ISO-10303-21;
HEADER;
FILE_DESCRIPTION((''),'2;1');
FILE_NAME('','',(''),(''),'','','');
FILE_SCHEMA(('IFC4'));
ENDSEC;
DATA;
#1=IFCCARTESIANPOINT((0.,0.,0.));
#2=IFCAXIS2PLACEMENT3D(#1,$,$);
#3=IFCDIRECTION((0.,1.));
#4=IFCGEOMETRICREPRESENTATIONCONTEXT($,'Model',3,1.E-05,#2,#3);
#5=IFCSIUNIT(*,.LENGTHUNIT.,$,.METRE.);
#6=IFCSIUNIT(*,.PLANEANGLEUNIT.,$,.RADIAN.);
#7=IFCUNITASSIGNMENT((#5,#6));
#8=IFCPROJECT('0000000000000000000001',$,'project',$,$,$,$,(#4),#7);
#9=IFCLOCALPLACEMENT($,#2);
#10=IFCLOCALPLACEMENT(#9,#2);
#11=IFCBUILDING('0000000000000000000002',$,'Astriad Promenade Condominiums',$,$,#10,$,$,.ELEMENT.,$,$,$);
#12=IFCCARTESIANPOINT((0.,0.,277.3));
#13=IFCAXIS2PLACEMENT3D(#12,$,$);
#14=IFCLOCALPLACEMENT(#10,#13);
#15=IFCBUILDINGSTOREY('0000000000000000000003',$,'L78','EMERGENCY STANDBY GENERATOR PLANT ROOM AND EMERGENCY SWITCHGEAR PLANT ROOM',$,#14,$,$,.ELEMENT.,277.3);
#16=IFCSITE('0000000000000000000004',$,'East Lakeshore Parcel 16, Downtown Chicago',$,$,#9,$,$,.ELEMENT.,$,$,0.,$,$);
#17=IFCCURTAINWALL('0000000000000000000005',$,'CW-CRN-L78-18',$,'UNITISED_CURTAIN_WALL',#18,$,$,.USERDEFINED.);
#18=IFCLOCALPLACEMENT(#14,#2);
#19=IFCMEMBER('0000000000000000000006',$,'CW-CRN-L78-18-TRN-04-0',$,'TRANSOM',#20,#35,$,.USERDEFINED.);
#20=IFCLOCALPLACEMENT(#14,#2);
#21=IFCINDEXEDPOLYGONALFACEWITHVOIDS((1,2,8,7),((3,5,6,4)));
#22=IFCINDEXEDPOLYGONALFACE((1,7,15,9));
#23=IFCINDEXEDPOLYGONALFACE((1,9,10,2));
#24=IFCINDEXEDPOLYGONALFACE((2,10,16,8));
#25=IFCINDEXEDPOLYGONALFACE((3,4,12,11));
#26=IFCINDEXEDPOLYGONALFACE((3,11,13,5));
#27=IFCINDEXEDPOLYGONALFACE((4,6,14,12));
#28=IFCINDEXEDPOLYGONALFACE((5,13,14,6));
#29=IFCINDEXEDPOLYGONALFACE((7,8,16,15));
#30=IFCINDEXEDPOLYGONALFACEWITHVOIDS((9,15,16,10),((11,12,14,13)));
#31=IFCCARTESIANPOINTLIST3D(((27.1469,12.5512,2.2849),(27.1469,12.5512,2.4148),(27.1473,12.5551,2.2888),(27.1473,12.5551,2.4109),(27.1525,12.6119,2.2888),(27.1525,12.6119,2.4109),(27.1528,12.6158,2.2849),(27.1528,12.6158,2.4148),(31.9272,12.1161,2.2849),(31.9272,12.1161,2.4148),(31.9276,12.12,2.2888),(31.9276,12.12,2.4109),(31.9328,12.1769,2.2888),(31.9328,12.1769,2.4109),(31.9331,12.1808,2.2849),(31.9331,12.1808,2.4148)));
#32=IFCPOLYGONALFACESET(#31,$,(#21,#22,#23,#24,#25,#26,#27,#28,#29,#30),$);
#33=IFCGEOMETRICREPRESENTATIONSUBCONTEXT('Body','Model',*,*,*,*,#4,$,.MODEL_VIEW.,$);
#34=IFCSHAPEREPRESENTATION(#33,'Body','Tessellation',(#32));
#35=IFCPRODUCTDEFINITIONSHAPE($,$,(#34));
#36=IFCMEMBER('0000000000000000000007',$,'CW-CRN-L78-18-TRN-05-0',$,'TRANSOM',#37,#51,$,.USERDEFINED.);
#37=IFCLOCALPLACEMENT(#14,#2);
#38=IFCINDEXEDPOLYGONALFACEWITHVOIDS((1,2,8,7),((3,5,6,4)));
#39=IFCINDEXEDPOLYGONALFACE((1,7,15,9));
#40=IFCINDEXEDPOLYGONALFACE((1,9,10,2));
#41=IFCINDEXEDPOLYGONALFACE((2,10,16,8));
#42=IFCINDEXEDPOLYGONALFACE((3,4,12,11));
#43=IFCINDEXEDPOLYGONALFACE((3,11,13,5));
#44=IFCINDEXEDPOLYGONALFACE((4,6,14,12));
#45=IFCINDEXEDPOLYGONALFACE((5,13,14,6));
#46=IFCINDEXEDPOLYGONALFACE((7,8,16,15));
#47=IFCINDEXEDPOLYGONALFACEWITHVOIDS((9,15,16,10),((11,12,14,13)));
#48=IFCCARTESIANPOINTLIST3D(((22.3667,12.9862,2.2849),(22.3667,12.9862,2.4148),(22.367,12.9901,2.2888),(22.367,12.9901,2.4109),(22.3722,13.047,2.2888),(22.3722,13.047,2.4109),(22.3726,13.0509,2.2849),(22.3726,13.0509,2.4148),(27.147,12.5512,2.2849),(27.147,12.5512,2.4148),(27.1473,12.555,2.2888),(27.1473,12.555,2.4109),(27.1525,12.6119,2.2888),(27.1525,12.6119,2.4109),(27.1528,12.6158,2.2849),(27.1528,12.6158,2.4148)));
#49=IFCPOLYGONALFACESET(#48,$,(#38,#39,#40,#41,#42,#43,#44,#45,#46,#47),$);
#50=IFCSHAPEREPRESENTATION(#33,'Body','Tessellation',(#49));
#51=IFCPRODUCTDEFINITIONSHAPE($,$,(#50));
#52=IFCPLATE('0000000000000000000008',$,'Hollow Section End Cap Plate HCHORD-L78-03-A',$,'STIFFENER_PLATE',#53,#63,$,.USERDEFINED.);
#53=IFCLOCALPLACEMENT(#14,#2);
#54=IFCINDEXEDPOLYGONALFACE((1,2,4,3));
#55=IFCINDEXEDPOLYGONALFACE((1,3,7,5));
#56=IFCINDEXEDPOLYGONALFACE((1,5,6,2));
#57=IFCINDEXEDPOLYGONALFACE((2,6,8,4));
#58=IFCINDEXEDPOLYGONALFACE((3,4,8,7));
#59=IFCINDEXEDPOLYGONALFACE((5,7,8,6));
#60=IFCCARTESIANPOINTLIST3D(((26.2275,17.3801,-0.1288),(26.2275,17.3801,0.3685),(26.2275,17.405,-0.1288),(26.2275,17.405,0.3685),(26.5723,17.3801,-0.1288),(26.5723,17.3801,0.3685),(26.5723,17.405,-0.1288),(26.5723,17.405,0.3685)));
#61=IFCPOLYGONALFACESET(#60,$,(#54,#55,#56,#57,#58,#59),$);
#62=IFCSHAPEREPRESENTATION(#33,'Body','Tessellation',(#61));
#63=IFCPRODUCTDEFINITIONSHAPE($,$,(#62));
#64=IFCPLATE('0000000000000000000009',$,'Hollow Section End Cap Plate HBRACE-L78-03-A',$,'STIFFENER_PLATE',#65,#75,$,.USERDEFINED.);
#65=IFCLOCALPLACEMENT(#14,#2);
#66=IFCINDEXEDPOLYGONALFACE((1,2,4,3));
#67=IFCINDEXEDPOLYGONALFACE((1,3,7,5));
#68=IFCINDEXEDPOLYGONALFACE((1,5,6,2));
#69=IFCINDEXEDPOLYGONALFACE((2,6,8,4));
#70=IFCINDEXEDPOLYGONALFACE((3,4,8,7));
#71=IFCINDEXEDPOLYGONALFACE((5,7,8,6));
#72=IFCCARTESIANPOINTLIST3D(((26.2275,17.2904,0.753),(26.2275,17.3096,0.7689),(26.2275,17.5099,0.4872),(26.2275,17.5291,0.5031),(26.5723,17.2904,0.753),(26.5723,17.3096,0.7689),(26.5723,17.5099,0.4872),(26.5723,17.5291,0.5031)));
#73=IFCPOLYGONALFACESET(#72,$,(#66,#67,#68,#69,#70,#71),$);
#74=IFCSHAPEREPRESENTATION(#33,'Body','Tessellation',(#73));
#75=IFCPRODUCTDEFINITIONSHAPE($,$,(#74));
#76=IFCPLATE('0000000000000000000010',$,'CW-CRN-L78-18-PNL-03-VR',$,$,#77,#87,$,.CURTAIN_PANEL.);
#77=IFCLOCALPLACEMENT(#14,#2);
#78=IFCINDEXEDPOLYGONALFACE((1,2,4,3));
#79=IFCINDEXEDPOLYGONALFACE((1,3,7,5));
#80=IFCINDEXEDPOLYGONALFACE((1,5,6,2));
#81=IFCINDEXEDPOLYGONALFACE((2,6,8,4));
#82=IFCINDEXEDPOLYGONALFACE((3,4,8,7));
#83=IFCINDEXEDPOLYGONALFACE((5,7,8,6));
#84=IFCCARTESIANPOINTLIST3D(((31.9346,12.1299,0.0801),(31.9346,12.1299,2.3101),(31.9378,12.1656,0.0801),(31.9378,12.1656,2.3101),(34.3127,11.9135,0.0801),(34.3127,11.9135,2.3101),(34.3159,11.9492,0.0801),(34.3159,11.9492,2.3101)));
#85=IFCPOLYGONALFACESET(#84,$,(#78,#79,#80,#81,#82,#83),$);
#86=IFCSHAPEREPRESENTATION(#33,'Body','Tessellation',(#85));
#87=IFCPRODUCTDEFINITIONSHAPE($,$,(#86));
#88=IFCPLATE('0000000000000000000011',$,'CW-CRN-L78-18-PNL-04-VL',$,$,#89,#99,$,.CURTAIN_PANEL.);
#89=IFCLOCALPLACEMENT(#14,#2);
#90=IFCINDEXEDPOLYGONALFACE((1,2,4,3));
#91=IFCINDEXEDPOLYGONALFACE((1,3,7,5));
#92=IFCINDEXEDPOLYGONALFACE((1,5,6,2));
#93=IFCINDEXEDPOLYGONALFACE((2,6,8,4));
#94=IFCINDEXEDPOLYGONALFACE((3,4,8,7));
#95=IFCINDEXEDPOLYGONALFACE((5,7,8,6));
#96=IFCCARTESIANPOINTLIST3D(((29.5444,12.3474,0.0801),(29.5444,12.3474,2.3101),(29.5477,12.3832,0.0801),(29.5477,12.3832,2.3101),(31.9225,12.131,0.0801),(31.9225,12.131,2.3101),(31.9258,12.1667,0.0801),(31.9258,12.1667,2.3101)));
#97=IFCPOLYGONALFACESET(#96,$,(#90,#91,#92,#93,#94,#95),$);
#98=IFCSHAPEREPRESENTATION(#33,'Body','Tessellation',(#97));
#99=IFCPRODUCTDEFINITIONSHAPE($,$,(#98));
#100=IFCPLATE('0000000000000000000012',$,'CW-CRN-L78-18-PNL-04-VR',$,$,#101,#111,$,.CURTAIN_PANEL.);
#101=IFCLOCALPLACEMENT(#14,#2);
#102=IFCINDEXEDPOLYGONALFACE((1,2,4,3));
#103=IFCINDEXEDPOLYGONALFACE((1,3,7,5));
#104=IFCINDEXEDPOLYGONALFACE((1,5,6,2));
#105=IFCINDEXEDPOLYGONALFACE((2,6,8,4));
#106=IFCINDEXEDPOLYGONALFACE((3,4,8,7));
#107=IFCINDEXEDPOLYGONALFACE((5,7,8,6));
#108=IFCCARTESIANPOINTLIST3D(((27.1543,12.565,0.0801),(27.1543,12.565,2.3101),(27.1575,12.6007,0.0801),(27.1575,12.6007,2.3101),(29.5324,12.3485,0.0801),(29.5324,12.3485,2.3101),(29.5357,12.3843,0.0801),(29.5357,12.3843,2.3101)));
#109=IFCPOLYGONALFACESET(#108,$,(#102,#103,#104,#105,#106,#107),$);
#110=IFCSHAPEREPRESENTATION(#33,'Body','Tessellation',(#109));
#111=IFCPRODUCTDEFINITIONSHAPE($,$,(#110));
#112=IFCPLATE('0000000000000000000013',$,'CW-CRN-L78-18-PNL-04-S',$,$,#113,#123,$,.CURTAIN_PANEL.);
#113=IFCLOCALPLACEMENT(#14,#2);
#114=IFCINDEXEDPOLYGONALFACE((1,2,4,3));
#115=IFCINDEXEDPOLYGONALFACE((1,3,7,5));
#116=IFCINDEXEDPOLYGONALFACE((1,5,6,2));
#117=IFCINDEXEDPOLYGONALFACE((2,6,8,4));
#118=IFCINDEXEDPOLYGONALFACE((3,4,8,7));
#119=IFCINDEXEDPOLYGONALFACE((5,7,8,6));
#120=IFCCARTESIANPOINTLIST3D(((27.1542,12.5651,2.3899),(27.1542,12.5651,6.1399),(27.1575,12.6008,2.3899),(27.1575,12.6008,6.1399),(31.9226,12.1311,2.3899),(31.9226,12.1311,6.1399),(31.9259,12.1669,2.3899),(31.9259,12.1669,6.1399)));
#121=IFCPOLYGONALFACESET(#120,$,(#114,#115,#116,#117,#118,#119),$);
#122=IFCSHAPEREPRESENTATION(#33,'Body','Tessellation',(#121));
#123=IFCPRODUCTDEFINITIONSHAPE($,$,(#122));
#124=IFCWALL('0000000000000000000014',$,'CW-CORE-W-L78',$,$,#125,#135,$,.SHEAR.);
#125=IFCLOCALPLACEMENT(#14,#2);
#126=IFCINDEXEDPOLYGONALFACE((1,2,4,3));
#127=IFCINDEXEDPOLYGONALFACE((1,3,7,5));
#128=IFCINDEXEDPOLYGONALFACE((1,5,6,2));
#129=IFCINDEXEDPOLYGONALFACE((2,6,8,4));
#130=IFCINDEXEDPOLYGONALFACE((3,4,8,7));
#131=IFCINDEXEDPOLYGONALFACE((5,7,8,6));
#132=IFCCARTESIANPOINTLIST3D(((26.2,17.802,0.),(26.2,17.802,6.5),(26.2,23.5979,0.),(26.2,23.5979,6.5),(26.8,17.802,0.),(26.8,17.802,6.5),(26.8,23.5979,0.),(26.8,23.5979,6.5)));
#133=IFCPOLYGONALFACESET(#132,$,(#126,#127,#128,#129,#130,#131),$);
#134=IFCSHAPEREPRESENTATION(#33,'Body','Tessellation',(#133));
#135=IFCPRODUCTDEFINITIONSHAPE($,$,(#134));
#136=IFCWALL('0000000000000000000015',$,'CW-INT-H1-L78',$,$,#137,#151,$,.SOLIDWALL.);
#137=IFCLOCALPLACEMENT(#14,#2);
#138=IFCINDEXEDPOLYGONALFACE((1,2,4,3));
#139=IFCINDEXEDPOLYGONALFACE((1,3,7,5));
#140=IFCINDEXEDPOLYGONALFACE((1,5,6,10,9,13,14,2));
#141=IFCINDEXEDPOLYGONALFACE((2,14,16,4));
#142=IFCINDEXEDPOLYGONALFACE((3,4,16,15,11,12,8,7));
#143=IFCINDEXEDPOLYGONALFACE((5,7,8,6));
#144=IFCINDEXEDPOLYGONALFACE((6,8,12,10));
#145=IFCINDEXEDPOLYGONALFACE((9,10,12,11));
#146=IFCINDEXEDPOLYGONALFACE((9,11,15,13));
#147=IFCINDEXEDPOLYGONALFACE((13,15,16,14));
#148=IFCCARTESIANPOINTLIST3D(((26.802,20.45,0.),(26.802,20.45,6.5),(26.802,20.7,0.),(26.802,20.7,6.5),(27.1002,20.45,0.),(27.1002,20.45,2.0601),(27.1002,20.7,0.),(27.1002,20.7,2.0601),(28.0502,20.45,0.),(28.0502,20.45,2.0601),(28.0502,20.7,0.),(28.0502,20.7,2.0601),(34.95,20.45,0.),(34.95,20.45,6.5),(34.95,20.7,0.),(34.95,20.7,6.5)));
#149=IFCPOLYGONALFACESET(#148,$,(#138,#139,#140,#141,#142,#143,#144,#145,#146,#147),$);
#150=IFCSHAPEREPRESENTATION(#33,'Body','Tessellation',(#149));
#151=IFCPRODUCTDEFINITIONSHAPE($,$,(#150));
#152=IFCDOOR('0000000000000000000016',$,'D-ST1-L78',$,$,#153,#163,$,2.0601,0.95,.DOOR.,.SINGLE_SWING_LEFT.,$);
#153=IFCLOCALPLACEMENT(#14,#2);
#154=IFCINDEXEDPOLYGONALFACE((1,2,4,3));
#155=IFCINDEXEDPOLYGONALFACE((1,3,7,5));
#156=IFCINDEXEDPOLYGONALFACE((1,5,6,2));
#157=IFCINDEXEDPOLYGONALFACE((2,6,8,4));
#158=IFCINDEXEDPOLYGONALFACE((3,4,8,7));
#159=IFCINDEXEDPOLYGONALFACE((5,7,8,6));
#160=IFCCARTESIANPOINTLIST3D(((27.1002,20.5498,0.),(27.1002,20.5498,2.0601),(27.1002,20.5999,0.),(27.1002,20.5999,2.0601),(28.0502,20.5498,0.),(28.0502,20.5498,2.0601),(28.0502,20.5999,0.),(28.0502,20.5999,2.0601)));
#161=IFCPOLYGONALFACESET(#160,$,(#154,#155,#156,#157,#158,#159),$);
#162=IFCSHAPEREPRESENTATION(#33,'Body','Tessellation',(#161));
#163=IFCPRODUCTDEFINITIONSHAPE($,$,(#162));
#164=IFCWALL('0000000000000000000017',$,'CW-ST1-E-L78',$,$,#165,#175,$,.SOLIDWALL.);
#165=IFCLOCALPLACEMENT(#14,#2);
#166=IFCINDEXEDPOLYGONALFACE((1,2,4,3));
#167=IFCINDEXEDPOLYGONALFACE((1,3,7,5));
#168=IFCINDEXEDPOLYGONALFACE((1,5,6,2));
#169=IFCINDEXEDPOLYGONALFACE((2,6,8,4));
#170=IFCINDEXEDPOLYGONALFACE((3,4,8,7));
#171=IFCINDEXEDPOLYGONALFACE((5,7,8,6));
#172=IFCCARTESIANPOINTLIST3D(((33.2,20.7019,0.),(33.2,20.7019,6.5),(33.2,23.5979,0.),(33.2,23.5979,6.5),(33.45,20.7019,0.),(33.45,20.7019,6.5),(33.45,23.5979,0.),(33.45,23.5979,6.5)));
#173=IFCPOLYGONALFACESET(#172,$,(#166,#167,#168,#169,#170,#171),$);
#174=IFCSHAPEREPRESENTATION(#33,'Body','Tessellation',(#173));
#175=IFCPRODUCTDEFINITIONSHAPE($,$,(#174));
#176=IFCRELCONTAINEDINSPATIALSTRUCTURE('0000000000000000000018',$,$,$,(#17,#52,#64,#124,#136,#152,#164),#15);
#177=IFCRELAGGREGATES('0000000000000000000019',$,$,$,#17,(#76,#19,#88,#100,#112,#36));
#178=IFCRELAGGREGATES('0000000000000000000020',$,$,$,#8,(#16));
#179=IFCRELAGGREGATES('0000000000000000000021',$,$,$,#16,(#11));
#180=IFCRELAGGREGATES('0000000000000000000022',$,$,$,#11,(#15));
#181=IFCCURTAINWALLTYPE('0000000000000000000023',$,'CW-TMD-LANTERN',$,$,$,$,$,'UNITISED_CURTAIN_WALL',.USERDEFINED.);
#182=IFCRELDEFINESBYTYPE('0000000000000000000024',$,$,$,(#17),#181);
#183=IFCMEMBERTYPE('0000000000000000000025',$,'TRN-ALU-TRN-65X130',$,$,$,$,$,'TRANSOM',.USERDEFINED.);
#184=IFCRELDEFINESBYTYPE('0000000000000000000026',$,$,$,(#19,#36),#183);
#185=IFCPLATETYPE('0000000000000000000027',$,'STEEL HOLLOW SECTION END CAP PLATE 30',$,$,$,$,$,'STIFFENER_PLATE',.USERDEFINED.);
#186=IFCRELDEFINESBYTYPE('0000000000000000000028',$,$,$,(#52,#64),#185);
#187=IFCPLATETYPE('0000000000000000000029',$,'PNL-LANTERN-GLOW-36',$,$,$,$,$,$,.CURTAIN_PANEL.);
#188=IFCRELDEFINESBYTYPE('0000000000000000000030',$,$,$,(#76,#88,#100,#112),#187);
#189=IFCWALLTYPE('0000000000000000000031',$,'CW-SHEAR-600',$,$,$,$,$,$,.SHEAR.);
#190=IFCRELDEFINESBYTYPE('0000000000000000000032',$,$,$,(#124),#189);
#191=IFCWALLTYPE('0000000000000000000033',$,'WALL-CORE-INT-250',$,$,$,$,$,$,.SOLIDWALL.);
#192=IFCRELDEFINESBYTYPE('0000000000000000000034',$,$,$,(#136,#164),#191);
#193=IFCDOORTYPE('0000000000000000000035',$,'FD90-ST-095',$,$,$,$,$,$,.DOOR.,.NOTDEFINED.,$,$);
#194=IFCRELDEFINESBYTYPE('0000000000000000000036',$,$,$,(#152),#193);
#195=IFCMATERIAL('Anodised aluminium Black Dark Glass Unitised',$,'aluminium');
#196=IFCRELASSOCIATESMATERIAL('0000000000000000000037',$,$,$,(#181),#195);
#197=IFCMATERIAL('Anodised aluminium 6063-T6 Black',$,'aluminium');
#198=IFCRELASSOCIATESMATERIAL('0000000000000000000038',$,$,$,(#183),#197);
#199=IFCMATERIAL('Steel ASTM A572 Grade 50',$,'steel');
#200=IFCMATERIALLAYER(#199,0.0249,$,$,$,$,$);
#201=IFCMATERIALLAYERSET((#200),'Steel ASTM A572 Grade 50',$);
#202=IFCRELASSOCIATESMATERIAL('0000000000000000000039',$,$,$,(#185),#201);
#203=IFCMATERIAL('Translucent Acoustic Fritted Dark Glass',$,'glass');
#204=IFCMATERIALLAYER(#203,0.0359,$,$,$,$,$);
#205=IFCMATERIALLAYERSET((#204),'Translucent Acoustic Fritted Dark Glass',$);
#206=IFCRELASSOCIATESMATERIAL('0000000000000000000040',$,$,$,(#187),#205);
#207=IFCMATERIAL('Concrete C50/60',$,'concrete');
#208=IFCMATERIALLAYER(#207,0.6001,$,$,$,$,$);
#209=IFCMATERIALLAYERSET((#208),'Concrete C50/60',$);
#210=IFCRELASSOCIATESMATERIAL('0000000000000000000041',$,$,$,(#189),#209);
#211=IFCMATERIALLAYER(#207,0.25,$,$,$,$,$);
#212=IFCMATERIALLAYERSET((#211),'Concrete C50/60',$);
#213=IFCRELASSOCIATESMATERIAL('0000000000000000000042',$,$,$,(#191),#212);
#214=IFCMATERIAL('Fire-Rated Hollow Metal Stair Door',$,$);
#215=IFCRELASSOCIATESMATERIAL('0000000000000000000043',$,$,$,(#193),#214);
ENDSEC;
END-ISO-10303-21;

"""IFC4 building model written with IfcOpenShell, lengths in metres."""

from ifc_helpers import new_model, si_unit, direction, frame, frame_2d, origin, origin_2d, place, context, subcontext, project, spatial, rectangle, hollow_rectangle, extrude, source, transform, mapped, material, layer, layer_set, material_profile, profile_set, type_object, type_shapes, element, fill, aggregate, save


model = new_model("IFC4")

# Units and contexts
model_context = context("Model", 3, precision=1e-05, world=origin(), true_north=direction((0.0, 1.0)))
body_context = subcontext(model_context, "Body", "Model", "MODEL_VIEW")
ifc_project = project(units=[si_unit("LENGTHUNIT", "METRE"), si_unit("PLANEANGLEUNIT", "RADIAN")], contexts=[model_context])

# Site, building, storey
site_placement = place(None, origin())
site = spatial("IfcSite", under=ifc_project, at=site_placement, Name="East Lakeshore Parcel 16, Downtown Chicago", CompositionType="ELEMENT", RefElevation=0.0)
building_placement = place(site_placement, origin())
building = spatial("IfcBuilding", under=site, at=building_placement, Name="Astriad Promenade Condominiums", CompositionType="ELEMENT")
storey_placement = place(building_placement, frame((0.0, 0.0, 277.3)))
storey = spatial("IfcBuildingStorey", under=building, at=storey_placement, Name="L78", Description="EMERGENCY STANDBY GENERATOR PLANT ROOM AND EMERGENCY SWITCHGEAR PLANT ROOM", CompositionType="ELEMENT", Elevation=277.3)

# Curtain wall, members
ifc_material_1 = material(Name="Anodised aluminium Black Dark Glass Unitised", Category="aluminium")
curtain_wall_type = type_object("IfcCurtainWallType", Name="CW-TMD-LANTERN", ElementType="UNITISED_CURTAIN_WALL", PredefinedType="USERDEFINED", material=ifc_material_1)
curtain_wall_placement = place(storey_placement, origin())
curtain_wall = element("IfcCurtainWall", 1, at=curtain_wall_placement, inside=storey, type_object=curtain_wall_type, Name="CW-CRN-L78-18", ObjectType="UNITISED_CURTAIN_WALL", PredefinedType="USERDEFINED")
ifc_material_2 = material(Name="Anodised aluminium 6063-T6 Black", Category="aluminium")
ifc_material_profile_1 = material_profile(ifc_material_2, hollow_rectangle(XDim=0.0649, YDim=0.1299, WallThickness=0.0039, at=origin_2d()), Name="ALU-TRN-65X130")
ifc_profile_set_1 = profile_set([ifc_material_profile_1], Name="Anodised aluminium 6063-T6 Black")
member_type_1 = type_object("IfcMemberType", Name="TRN-ALU-TRN-65X130", ElementType="TRANSOM", PredefinedType="USERDEFINED", material=ifc_profile_set_1)
shared_shape_1 = source(origin(), body_context, "Body", "SweptSolid", [
    extrude(hollow_rectangle(XDim=0.0649, YDim=0.1299, WallThickness=0.0039, at=origin_2d()), origin(), (0.0, 0.0, 1.0), 4.8),
])
type_shapes(member_type_1, [shared_shape_1])
member_1_placement = place(storey_placement, frame((31.9302, 12.1484, 2.3499), z_axis=(-0.995884, 0.090637, 0.0), x_axis=(-0.090637, -0.995884, 0.0)))
member_1 = element("IfcMember", 2, at=member_1_placement, type_object=member_type_1, Name="CW-CRN-L78-18-TRN-04-0", ObjectType="TRANSOM", PredefinedType="USERDEFINED", context=body_context, shape_type="MappedRepresentation", body=[
    mapped(shared_shape_1, transform((0.0, 0.0, 0.0), scale=1.0)),
])
member_2_placement = place(storey_placement, frame((27.1499, 12.5835, 2.3499), z_axis=(-0.995884, 0.090637, 0.0), x_axis=(-0.090637, -0.995884, 0.0)))
member_2 = element("IfcMember", 3, at=member_2_placement, type_object=member_type_1, Name="CW-CRN-L78-18-TRN-05-0", ObjectType="TRANSOM", PredefinedType="USERDEFINED", context=body_context, shape_type="MappedRepresentation", body=[
    mapped(shared_shape_1, transform((0.0, 0.0, 0.0), scale=1.0)),
])

# Plates
ifc_material_3 = material(Name="Steel ASTM A572 Grade 50", Category="steel")
ifc_layer_1 = layer(ifc_material_3, 0.0249)
ifc_layer_set_1 = layer_set([ifc_layer_1], Name="Steel ASTM A572 Grade 50")
plate_type_1 = type_object("IfcPlateType", Name="STEEL HOLLOW SECTION END CAP PLATE 30", ElementType="STIFFENER_PLATE", PredefinedType="USERDEFINED", material=ifc_layer_set_1)
shared_shape_2 = source(origin(), body_context, "Body", "SweptSolid", [
    extrude(rectangle(XDim=0.3447, YDim=0.4973, at=origin_2d()), origin(), (0.0, 0.0, 1.0), 0.0249),
])
plate_1_placement = place(storey_placement, frame((26.3999, 17.3801, 0.1199), z_axis=(0.0, 1.0, 0.0), x_axis=(-1.0, 0.0, 0.0)))
element("IfcPlate", 4, at=plate_1_placement, inside=storey, type_object=plate_type_1, Name="Hollow Section End Cap Plate HCHORD-L78-03-A", ObjectType="STIFFENER_PLATE", PredefinedType="USERDEFINED", context=body_context, shape_type="MappedRepresentation", body=[
    mapped(shared_shape_2, transform((0.0, 0.0, 0.0), scale=1.0)),
])
shared_shape_3 = source(origin(), body_context, "Body", "SweptSolid", [
    extrude(rectangle(XDim=0.3447, YDim=0.3447, at=origin_2d()), origin(), (0.0, 0.0, 1.0), 0.0249),
])
type_shapes(plate_type_1, [shared_shape_2, shared_shape_3])
plate_2_placement = place(storey_placement, frame((26.3999, 17.4001, 0.6201), z_axis=(0.0, 0.771082, 0.636736), x_axis=(-1.0, 0.0, 0.0)))
element("IfcPlate", 5, at=plate_2_placement, inside=storey, type_object=plate_type_1, Name="Hollow Section End Cap Plate HBRACE-L78-03-A", ObjectType="STIFFENER_PLATE", PredefinedType="USERDEFINED", context=body_context, shape_type="MappedRepresentation", body=[
    mapped(shared_shape_3, transform((0.0, 0.0, 0.0), scale=1.0)),
])

# Plates
ifc_material_4 = material(Name="Translucent Acoustic Fritted Dark Glass", Category="glass")
ifc_layer_2 = layer(ifc_material_4, 0.0359)
ifc_layer_set_2 = layer_set([ifc_layer_2], Name="Translucent Acoustic Fritted Dark Glass")
plate_type_2 = type_object("IfcPlateType", Name="PNL-LANTERN-GLOW-36", PredefinedType="CURTAIN_PANEL", material=ifc_layer_set_2)
shared_shape_4 = source(origin(), body_context, "Body", "SweptSolid", [
    extrude(rectangle(XDim=2.3879, YDim=0.0359, at=origin_2d()), origin(), (0.0, 0.0, 1.0), 2.23),
])
plate_3_placement = place(storey_placement, frame((33.1252, 12.0396, 0.0801), z_axis=(0.0, 0.0, 1.0), x_axis=(-0.995884, 0.090633, 0.0)))
plate_3 = element("IfcPlate", 6, at=plate_3_placement, type_object=plate_type_2, Name="CW-CRN-L78-18-PNL-03-VR", PredefinedType="CURTAIN_PANEL", context=body_context, shape_type="MappedRepresentation", body=[
    mapped(shared_shape_4, transform((0.0, 0.0, 0.0), scale=1.0)),
])
plate_4_placement = place(storey_placement, frame((30.7351, 12.2571, 0.0801), z_axis=(0.0, 0.0, 1.0), x_axis=(-0.995884, 0.090633, 0.0)))
plate_4 = element("IfcPlate", 7, at=plate_4_placement, type_object=plate_type_2, Name="CW-CRN-L78-18-PNL-04-VL", PredefinedType="CURTAIN_PANEL", context=body_context, shape_type="MappedRepresentation", body=[
    mapped(shared_shape_4, transform((0.0, 0.0, 0.0), scale=1.0)),
])
plate_5_placement = place(storey_placement, frame((28.345, 12.4746, 0.0801), z_axis=(0.0, 0.0, 1.0), x_axis=(-0.995884, 0.090633, 0.0)))
plate_5 = element("IfcPlate", 8, at=plate_5_placement, type_object=plate_type_2, Name="CW-CRN-L78-18-PNL-04-VR", PredefinedType="CURTAIN_PANEL", context=body_context, shape_type="MappedRepresentation", body=[
    mapped(shared_shape_4, transform((0.0, 0.0, 0.0), scale=1.0)),
])
shared_shape_5 = source(origin(), body_context, "Body", "SweptSolid", [
    extrude(rectangle(XDim=4.7881, YDim=0.0359, at=origin_2d()), origin(), (0.0, 0.0, 1.0), 3.75),
])
type_shapes(plate_type_2, [shared_shape_4, shared_shape_5])
plate_6_placement = place(storey_placement, frame((29.54, 12.366, 2.3899), z_axis=(0.0, 0.0, 1.0), x_axis=(-0.995884, 0.090633, 0.0)))
plate_6 = element("IfcPlate", 9, at=plate_6_placement, type_object=plate_type_2, Name="CW-CRN-L78-18-PNL-04-S", PredefinedType="CURTAIN_PANEL", context=body_context, shape_type="MappedRepresentation", body=[
    mapped(shared_shape_5, transform((0.0, 0.0, 0.0), scale=1.0)),
])
aggregate(curtain_wall, [plate_3, member_1, plate_4, plate_5, plate_6, member_2])

# Wall
ifc_material_5 = material(Name="Concrete C50/60", Category="concrete")
ifc_layer_3 = layer(ifc_material_5, 0.6001)
ifc_layer_set_3 = layer_set([ifc_layer_3], Name="Concrete C50/60")
wall_type_1 = type_object("IfcWallType", Name="CW-SHEAR-600", PredefinedType="SHEAR", material=ifc_layer_set_3)
wall_1_placement = place(storey_placement, frame((26.5, 17.802, 0.0), z_axis=(0.0, 0.0, 1.0), x_axis=(0.0, 1.0, 0.0)))
element("IfcWall", 10, at=wall_1_placement, inside=storey, type_object=wall_type_1, Name="CW-CORE-W-L78", PredefinedType="SHEAR", context=body_context, shape_type="SweptSolid", body=[
    extrude(rectangle(XDim=5.7959, YDim=0.6001, at=frame_2d((2.8979, 0.0))), origin(), (0.0, 0.0, 1.0), 6.5),
])

# Wall, opening, door
ifc_layer_4 = layer(ifc_material_5, 0.25)
ifc_layer_set_4 = layer_set([ifc_layer_4], Name="Concrete C50/60")
wall_type_2 = type_object("IfcWallType", Name="WALL-CORE-INT-250", PredefinedType="SOLIDWALL", material=ifc_layer_set_4)
wall_2_placement = place(storey_placement, frame((26.802, 20.575, 0.0), z_axis=(0.0, 0.0, 1.0), x_axis=(1.0, 0.0, 0.0)))
wall_2 = element("IfcWall", 11, at=wall_2_placement, inside=storey, type_object=wall_type_2, Name="CW-INT-H1-L78", PredefinedType="SOLIDWALL", context=body_context, shape_type="SweptSolid", body=[
    extrude(rectangle(XDim=8.1479, YDim=0.25, at=frame_2d((4.074, 0.0))), origin(), (0.0, 0.0, 1.0), 6.5),
])
opening_1_placement = place(wall_2_placement, frame((0.2981, 0.0, 0.0)))
opening_1 = element("IfcOpeningElement", 12, at=opening_1_placement, cuts=wall_2, PredefinedType="OPENING", context=body_context, shape_type="SweptSolid", body=[
    extrude(rectangle(XDim=0.95, YDim=2.0601, at=frame_2d((0.4751, 1.03))), frame((0.0, 0.135, 0.0), z_axis=(0.0, -1.0, 0.0), x_axis=(1.0, 0.0, 0.0)), (0.0, 0.0, 1.0), 0.27),
])
ifc_material_6 = material(Name="Fire-Rated Hollow Metal Stair Door")
door_type_1 = type_object("IfcDoorType", Name="FD90-ST-095", OperationType="NOTDEFINED", PredefinedType="DOOR", material=ifc_material_6)
shared_shape_6 = source(origin(), body_context, "Body", "SweptSolid", [
    extrude(rectangle(XDim=0.95, YDim=2.0601, at=frame_2d((0.4751, 1.03))), frame((0.0, 0.0249, 0.0), z_axis=(0.0, -1.0, 0.0), x_axis=(1.0, 0.0, 0.0)), (0.0, 0.0, 1.0), 0.05),
])
type_shapes(door_type_1, [shared_shape_6])
door_1_placement = place(opening_1_placement, origin())
door_1 = element("IfcDoor", 13, at=door_1_placement, inside=storey, type_object=door_type_1, Name="D-ST1-L78", OperationType="SINGLE_SWING_LEFT", OverallHeight=2.0601, OverallWidth=0.95, PredefinedType="DOOR", context=body_context, shape_type="MappedRepresentation", body=[
    mapped(shared_shape_6, transform((0.0, 0.0, 0.0), scale=1.0)),
])
fill(opening_1, door_1)

# Wall
wall_3_placement = place(storey_placement, frame((33.325, 20.7019, 0.0), z_axis=(0.0, 0.0, 1.0), x_axis=(0.0, 1.0, 0.0)))
element("IfcWall", 14, at=wall_3_placement, inside=storey, type_object=wall_type_2, Name="CW-ST1-E-L78", PredefinedType="SOLIDWALL", context=body_context, shape_type="SweptSolid", body=[
    extrude(rectangle(XDim=2.896, YDim=0.25, at=frame_2d((1.448, 0.0))), origin(), (0.0, 0.0, 1.0), 6.5),
])

save(model, "model.ifc")
